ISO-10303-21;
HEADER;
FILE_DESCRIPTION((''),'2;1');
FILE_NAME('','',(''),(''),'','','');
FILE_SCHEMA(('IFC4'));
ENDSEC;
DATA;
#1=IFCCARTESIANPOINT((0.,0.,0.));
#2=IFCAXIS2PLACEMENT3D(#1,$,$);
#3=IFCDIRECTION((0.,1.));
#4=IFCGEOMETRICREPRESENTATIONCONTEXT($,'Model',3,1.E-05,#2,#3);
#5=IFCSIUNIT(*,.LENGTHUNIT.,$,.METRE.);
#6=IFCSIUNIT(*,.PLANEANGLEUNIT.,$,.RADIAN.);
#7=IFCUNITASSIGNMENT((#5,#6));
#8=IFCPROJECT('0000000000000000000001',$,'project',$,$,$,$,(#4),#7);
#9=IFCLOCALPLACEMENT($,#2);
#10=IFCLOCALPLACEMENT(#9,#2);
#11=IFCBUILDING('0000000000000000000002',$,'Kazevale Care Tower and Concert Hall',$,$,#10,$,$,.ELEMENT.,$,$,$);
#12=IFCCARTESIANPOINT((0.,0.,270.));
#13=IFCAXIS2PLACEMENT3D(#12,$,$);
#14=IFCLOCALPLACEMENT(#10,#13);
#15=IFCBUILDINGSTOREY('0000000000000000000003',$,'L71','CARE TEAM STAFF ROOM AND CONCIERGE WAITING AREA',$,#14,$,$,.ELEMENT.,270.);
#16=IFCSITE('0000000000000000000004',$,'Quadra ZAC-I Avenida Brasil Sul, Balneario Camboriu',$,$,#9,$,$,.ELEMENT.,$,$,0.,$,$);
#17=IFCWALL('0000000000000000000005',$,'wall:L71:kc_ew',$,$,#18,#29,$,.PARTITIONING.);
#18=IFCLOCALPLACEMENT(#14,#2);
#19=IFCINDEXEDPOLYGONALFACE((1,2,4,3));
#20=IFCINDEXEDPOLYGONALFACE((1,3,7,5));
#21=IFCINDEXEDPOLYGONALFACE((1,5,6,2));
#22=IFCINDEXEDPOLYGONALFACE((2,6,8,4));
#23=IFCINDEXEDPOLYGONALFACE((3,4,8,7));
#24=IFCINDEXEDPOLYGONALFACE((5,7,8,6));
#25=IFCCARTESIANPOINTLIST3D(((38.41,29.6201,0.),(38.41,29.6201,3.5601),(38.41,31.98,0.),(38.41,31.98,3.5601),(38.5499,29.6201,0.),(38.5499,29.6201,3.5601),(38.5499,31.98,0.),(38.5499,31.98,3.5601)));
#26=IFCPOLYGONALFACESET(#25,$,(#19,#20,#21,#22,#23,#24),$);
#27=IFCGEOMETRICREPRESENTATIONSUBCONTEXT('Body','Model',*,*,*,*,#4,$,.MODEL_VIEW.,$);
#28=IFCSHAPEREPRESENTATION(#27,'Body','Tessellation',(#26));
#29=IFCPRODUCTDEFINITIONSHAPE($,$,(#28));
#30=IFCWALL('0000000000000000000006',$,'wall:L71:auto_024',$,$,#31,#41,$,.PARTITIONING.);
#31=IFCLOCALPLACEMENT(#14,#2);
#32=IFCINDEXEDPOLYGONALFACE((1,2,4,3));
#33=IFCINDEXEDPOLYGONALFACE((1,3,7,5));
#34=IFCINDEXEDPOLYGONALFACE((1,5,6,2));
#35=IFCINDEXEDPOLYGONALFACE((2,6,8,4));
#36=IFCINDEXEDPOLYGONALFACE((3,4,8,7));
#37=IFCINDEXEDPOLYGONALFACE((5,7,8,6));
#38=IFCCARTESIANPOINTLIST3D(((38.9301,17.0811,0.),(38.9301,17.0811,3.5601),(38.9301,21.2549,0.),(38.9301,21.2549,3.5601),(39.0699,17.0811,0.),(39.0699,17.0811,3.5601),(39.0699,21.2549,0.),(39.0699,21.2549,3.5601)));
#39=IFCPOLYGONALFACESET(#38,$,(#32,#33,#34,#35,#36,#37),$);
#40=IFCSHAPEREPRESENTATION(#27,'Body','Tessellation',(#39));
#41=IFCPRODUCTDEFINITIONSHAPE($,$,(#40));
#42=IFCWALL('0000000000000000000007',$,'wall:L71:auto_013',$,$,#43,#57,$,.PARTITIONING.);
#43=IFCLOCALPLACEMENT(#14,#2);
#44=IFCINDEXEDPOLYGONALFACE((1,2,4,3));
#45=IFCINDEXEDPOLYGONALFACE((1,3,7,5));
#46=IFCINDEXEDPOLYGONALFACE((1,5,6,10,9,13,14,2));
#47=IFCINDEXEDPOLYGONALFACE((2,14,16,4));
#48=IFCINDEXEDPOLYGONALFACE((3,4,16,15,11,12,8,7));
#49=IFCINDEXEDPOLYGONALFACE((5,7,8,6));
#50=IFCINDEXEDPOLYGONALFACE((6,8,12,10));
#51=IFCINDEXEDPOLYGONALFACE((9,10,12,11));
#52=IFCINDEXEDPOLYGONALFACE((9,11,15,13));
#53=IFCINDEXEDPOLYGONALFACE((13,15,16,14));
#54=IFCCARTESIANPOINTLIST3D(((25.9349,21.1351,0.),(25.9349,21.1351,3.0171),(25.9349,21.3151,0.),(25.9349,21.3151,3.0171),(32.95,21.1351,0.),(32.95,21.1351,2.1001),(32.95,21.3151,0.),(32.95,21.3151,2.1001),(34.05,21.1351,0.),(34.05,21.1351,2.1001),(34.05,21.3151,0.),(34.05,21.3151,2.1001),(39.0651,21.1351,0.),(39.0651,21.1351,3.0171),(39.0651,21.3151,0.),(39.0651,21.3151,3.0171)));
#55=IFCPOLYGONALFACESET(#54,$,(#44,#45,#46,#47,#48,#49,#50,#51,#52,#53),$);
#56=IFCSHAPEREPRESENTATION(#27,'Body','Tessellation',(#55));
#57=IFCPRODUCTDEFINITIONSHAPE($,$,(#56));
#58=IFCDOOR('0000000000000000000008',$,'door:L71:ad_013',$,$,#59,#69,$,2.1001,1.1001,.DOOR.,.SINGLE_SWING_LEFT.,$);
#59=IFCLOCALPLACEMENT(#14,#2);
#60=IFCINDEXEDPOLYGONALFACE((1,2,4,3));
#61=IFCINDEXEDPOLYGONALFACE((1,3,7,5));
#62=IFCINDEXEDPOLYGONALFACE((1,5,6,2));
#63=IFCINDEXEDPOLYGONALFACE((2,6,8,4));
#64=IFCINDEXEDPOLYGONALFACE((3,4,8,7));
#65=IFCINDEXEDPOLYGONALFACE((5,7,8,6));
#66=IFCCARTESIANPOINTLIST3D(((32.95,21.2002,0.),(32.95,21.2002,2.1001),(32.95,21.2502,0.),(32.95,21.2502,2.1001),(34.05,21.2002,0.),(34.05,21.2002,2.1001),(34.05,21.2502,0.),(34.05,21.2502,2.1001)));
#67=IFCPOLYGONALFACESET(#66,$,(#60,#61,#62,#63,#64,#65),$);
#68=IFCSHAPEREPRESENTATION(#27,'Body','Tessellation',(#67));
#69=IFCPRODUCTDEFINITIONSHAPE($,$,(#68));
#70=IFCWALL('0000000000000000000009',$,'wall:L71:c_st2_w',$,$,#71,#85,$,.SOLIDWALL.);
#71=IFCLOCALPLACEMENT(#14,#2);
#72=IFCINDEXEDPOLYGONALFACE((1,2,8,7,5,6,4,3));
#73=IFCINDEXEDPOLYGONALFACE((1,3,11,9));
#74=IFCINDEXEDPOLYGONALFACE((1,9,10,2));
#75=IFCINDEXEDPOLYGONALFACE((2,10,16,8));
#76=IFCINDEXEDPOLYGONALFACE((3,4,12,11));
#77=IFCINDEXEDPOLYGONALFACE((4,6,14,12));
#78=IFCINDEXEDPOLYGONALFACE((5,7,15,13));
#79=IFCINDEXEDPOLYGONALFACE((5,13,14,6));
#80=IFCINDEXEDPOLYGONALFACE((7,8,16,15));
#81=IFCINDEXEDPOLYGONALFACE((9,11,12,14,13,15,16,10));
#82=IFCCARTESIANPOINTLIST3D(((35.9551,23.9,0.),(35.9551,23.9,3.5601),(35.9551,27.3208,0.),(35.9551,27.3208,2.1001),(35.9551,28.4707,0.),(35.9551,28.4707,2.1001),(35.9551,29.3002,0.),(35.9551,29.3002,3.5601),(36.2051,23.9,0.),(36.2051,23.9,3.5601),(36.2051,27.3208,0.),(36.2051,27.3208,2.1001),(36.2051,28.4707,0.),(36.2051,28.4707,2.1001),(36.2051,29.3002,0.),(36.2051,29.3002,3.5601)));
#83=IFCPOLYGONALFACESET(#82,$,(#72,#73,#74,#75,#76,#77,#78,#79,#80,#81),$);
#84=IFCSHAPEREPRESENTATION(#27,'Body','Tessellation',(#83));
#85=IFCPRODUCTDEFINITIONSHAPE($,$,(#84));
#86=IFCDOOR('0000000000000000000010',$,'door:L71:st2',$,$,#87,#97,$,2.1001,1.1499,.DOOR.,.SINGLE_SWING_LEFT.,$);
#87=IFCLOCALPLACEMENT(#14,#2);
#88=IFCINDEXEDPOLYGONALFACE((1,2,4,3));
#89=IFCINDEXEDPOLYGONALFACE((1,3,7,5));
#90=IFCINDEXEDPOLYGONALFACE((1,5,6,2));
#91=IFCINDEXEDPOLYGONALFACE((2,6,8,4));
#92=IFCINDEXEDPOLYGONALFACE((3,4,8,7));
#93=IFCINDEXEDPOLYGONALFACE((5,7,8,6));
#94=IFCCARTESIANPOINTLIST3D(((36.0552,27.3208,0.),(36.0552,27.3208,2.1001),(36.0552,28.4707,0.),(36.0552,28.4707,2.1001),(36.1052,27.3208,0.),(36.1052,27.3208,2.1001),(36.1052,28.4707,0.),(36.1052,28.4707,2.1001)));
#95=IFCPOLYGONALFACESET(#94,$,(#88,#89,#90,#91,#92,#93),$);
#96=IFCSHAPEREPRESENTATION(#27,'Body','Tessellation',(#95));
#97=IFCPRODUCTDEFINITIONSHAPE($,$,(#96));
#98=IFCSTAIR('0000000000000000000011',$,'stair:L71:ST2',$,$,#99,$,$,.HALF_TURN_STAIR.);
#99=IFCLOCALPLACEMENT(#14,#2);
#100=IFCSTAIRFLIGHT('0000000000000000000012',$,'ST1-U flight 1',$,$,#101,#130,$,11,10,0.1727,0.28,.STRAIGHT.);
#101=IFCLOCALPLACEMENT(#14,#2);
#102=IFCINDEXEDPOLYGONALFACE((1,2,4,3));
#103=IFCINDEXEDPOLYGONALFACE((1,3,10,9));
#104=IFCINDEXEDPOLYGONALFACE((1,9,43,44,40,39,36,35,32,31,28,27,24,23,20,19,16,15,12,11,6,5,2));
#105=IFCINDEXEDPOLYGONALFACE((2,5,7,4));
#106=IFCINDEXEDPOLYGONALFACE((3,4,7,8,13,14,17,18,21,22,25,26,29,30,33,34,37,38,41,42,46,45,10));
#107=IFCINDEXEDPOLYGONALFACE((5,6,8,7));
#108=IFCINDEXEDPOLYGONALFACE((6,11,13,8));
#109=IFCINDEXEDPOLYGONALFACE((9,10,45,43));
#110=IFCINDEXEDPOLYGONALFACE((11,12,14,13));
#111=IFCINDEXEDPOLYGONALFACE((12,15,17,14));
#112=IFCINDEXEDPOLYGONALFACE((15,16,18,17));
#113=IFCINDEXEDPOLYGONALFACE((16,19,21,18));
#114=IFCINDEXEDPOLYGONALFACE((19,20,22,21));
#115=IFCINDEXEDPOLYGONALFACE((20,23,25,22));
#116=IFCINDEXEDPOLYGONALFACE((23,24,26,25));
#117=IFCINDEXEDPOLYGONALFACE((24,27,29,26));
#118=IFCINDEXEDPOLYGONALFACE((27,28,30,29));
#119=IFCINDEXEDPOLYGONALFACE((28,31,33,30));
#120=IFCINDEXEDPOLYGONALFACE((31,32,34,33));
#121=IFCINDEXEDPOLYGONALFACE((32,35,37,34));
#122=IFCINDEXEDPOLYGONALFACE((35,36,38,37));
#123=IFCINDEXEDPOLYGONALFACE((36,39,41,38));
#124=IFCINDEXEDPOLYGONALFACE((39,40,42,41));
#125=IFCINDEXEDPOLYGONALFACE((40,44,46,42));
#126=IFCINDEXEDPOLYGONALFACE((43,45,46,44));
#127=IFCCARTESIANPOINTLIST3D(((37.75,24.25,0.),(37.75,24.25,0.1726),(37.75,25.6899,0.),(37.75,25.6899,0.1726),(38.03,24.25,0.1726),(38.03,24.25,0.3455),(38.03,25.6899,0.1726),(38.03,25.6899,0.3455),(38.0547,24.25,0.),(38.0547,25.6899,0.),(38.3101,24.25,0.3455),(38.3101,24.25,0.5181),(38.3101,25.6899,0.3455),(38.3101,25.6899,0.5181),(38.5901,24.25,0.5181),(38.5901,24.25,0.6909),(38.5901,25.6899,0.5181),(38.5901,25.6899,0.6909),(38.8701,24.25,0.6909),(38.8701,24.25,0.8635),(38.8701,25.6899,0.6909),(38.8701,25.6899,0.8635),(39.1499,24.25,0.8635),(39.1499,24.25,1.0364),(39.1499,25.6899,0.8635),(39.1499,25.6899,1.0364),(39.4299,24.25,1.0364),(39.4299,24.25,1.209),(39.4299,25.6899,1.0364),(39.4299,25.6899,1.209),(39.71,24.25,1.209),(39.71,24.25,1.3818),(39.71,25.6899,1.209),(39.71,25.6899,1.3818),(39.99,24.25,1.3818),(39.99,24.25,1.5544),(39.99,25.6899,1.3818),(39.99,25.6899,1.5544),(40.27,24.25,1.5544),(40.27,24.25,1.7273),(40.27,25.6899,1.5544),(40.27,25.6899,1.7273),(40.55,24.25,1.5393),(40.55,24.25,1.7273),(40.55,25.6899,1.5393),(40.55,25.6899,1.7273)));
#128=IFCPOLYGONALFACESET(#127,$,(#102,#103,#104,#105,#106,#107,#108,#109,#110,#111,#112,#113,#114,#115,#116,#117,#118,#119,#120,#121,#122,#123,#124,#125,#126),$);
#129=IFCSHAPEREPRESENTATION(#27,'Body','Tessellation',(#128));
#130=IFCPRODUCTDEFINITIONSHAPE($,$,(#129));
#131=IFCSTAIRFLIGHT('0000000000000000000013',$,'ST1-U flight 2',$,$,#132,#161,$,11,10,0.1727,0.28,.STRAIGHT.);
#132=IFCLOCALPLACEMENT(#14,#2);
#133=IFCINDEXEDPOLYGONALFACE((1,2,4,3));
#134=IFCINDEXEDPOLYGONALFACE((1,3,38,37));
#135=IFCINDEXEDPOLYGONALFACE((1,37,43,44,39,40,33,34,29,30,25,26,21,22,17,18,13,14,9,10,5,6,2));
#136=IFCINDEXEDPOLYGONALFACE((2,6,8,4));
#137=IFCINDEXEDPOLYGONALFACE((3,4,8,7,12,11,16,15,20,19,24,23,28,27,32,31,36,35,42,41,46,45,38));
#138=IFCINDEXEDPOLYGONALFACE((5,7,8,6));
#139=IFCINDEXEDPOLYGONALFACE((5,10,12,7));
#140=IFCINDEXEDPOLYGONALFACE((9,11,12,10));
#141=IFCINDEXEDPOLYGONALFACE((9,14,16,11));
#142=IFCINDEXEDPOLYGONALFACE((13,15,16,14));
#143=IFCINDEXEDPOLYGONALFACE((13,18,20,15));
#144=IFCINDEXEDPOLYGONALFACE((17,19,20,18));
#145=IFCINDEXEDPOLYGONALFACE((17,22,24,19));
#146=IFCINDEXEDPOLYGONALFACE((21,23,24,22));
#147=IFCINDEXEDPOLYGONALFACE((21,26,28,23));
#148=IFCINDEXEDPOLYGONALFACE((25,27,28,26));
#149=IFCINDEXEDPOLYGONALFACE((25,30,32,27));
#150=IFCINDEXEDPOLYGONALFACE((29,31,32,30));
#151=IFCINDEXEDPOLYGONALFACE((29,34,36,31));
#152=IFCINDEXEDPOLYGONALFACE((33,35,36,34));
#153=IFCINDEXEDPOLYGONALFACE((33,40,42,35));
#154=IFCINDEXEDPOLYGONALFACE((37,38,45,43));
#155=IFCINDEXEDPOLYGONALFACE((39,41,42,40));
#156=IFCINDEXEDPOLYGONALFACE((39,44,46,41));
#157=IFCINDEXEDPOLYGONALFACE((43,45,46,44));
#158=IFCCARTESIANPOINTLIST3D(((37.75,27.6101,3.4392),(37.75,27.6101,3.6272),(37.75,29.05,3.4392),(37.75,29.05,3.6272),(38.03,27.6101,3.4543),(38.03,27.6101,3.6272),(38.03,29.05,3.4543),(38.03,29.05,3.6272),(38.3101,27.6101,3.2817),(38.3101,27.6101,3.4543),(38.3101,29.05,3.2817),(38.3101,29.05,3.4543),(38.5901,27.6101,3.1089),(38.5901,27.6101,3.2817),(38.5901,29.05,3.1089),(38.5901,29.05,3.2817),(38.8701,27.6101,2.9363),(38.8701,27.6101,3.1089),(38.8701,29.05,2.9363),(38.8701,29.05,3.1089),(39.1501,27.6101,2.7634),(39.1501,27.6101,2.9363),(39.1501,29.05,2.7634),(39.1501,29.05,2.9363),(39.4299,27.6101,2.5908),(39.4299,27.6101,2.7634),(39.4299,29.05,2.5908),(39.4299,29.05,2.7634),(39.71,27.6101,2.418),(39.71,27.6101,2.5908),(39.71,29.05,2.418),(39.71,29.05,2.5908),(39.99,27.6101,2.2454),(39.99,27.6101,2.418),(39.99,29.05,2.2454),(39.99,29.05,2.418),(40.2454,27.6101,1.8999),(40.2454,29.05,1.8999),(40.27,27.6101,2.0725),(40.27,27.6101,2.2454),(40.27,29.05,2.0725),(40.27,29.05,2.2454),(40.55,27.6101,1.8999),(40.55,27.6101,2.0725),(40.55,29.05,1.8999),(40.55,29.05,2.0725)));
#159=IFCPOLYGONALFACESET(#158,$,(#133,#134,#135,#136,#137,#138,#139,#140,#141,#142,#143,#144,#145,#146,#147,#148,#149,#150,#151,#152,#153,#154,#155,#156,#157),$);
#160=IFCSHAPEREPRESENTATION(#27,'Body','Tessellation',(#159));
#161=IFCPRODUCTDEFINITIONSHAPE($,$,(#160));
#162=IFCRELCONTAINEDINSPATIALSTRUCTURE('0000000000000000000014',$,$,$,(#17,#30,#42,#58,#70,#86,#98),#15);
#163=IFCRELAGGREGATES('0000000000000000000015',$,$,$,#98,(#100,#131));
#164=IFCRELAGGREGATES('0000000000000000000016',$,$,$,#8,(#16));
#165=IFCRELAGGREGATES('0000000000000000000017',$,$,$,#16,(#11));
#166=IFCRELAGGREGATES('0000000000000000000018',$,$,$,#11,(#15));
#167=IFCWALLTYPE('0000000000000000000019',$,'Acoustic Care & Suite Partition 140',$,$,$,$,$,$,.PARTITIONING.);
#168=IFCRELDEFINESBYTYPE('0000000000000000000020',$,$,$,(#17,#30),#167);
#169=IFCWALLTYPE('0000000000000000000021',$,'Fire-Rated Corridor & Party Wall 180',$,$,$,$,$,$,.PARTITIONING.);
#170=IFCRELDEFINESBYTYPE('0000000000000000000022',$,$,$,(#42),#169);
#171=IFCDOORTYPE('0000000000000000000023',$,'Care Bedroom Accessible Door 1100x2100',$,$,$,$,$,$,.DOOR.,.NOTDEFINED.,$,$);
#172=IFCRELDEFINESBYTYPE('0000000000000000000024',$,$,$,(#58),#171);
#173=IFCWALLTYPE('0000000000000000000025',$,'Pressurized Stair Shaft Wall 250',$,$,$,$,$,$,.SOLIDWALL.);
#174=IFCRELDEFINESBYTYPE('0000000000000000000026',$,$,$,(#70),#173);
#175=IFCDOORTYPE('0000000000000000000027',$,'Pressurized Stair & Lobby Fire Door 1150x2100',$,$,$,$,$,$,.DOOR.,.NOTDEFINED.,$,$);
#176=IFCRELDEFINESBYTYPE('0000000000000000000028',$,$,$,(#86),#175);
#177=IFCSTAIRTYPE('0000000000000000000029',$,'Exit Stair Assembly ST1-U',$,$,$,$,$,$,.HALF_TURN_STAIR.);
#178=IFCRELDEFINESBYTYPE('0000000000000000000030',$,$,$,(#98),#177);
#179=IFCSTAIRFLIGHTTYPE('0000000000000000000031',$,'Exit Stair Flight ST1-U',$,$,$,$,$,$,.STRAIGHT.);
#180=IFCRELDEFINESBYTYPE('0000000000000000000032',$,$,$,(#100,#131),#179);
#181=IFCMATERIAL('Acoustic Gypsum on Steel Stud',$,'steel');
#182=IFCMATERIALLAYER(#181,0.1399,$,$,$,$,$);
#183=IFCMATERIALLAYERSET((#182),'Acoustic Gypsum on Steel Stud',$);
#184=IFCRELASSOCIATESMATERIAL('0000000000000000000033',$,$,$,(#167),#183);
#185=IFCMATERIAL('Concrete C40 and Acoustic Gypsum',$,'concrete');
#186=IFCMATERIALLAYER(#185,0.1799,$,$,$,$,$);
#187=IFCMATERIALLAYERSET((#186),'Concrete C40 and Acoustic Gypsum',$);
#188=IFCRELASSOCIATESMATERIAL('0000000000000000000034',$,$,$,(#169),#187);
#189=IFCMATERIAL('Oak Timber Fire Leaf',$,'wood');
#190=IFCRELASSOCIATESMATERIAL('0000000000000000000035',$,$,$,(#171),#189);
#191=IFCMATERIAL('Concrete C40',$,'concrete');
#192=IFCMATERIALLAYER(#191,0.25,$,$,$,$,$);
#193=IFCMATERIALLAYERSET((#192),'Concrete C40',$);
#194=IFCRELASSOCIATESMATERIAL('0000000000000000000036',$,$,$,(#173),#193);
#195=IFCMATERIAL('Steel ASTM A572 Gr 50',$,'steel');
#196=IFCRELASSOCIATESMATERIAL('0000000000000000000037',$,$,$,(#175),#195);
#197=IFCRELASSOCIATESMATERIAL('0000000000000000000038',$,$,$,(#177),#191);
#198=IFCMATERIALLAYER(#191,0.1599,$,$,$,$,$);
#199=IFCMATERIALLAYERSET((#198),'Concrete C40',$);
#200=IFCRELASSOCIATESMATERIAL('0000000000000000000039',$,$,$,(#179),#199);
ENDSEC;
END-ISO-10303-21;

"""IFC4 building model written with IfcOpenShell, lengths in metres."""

from ifc_helpers import new_model, si_unit, direction, frame, frame_2d, origin, place, context, subcontext, project, spatial, polyline, rectangle, outline, extrude, material, layer, layer_set, type_object, element, fill, aggregate, save


model = new_model("IFC4")

# Units and contexts
model_context = context("Model", 3, precision=1e-05, world=origin(), true_north=direction((0.0, 1.0)))
body_context = subcontext(model_context, "Body", "Model", "MODEL_VIEW")
ifc_project = project(units=[si_unit("LENGTHUNIT", "METRE"), si_unit("PLANEANGLEUNIT", "RADIAN")], contexts=[model_context])

# Site, building, storey
site_placement = place(None, origin())
site = spatial("IfcSite", under=ifc_project, at=site_placement, Name="Quadra ZAC-I Avenida Brasil Sul, Balneario Camboriu", CompositionType="ELEMENT", RefElevation=0.0)
building_placement = place(site_placement, origin())
building = spatial("IfcBuilding", under=site, at=building_placement, Name="Kazevale Care Tower and Concert Hall", CompositionType="ELEMENT")
storey_placement = place(building_placement, frame((0.0, 0.0, 270.0)))
storey = spatial("IfcBuildingStorey", under=building, at=storey_placement, Name="L71", Description="CARE TEAM STAFF ROOM AND CONCIERGE WAITING AREA", CompositionType="ELEMENT", Elevation=270.0)

# Shared definitions
ifc_material_1 = material(Name="Steel ASTM A572 Gr 50", Category="steel")

# Walls
ifc_material_2 = material(Name="Acoustic Gypsum on Steel Stud", Category="steel")
ifc_layer_1 = layer(ifc_material_2, 0.1399)
ifc_layer_set_1 = layer_set([ifc_layer_1], Name="Acoustic Gypsum on Steel Stud")
wall_type_1 = type_object("IfcWallType", Name="Acoustic Care & Suite Partition 140", PredefinedType="PARTITIONING", material=ifc_layer_set_1)
wall_1_placement = place(storey_placement, frame((38.48, 29.6201, 0.0), z_axis=(0.0, 0.0, 1.0), x_axis=(0.0, 1.0, 0.0)))
element("IfcWall", 1, at=wall_1_placement, inside=storey, type_object=wall_type_1, Name="wall:L71:kc_ew", PredefinedType="PARTITIONING", context=body_context, shape_type="SweptSolid", body=[
    extrude(rectangle(XDim=2.3599, YDim=0.1399, at=frame_2d((1.1799, 0.0))), origin(), (0.0, 0.0, 1.0), 3.5601),
])
wall_2_placement = place(storey_placement, frame((39.0, 21.2549, 0.0), z_axis=(0.0, 0.0, 1.0), x_axis=(0.0, -1.0, 0.0)))
element("IfcWall", 2, at=wall_2_placement, inside=storey, type_object=wall_type_1, Name="wall:L71:auto_024", PredefinedType="PARTITIONING", context=body_context, shape_type="SweptSolid", body=[
    extrude(rectangle(XDim=4.1738, YDim=0.1399, at=frame_2d((2.0869, 0.0))), origin(), (0.0, 0.0, 1.0), 3.5601),
])

# Walls, openings, doors
ifc_material_3 = material(Name="Concrete C40 and Acoustic Gypsum", Category="concrete")
ifc_layer_2 = layer(ifc_material_3, 0.1799)
ifc_layer_set_2 = layer_set([ifc_layer_2], Name="Concrete C40 and Acoustic Gypsum")
wall_type_2 = type_object("IfcWallType", Name="Fire-Rated Corridor & Party Wall 180", PredefinedType="PARTITIONING", material=ifc_layer_set_2)
wall_3_placement = place(storey_placement, frame((39.0649, 21.2251, 0.0), z_axis=(0.0, 0.0, 1.0), x_axis=(-1.0, 0.0, 0.0)))
wall_3 = element("IfcWall", 3, at=wall_3_placement, inside=storey, type_object=wall_type_2, Name="wall:L71:auto_013", PredefinedType="PARTITIONING", context=body_context, shape_type="SweptSolid", body=[
    extrude(rectangle(XDim=13.1301, YDim=0.1799, at=frame_2d((6.5649, 0.0))), origin(), (0.0, 0.0, 1.0), 3.0171),
])
opening_1_placement = place(wall_3_placement, frame((5.0149, 0.0, 0.0)))
opening_1 = element("IfcOpeningElement", 4, at=opening_1_placement, cuts=wall_3, PredefinedType="OPENING", context=body_context, shape_type="SweptSolid", body=[
    extrude(rectangle(XDim=1.1001, YDim=2.1001, at=frame_2d((0.55, 1.05))), frame((0.0, 0.0999, 0.0), z_axis=(0.0, -1.0, 0.0), x_axis=(1.0, 0.0, 0.0)), (0.0, 0.0, 1.0), 0.2),
])
ifc_material_4 = material(Name="Oak Timber Fire Leaf", Category="wood")
door_type_1 = type_object("IfcDoorType", Name="Care Bedroom Accessible Door 1100x2100", OperationType="NOTDEFINED", PredefinedType="DOOR", material=ifc_material_4)
door_1_placement = place(opening_1_placement, origin())
door_1 = element("IfcDoor", 5, at=door_1_placement, inside=storey, type_object=door_type_1, Name="door:L71:ad_013", OperationType="SINGLE_SWING_LEFT", OverallHeight=2.1001, OverallWidth=1.1001, PredefinedType="DOOR", context=body_context, shape_type="SweptSolid", body=[
    extrude(rectangle(XDim=1.1001, YDim=2.1001, at=frame_2d((0.55, 1.05))), frame((0.0, 0.0249, 0.0), z_axis=(0.0, -1.0, 0.0), x_axis=(1.0, 0.0, 0.0)), (0.0, 0.0, 1.0), 0.05),
])
fill(opening_1, door_1)
ifc_material_5 = material(Name="Concrete C40", Category="concrete")
ifc_layer_3 = layer(ifc_material_5, 0.25)
ifc_layer_set_3 = layer_set([ifc_layer_3], Name="Concrete C40")
wall_type_3 = type_object("IfcWallType", Name="Pressurized Stair Shaft Wall 250", PredefinedType="SOLIDWALL", material=ifc_layer_set_3)
wall_4_placement = place(storey_placement, frame((36.0801, 23.8999, 0.0), z_axis=(0.0, 0.0, 1.0), x_axis=(0.0, 1.0, 0.0)))
wall_4 = element("IfcWall", 6, at=wall_4_placement, inside=storey, type_object=wall_type_3, Name="wall:L71:c_st2_w", PredefinedType="SOLIDWALL", context=body_context, shape_type="SweptSolid", body=[
    extrude(rectangle(XDim=5.4001, YDim=0.25, at=frame_2d((2.7002, 0.0))), origin(), (0.0, 0.0, 1.0), 3.5601),
])
opening_2_placement = place(wall_4_placement, frame((3.4209, 0.0, 0.0)))
opening_2 = element("IfcOpeningElement", 7, at=opening_2_placement, cuts=wall_4, PredefinedType="OPENING", context=body_context, shape_type="SweptSolid", body=[
    extrude(rectangle(XDim=1.1499, YDim=2.1001, at=frame_2d((0.575, 1.05))), frame((0.0, 0.135, 0.0), z_axis=(0.0, -1.0, 0.0), x_axis=(1.0, 0.0, 0.0)), (0.0, 0.0, 1.0), 0.27),
])
door_type_2 = type_object("IfcDoorType", Name="Pressurized Stair & Lobby Fire Door 1150x2100", OperationType="NOTDEFINED", PredefinedType="DOOR", material=ifc_material_1)
door_2_placement = place(opening_2_placement, origin())
door_2 = element("IfcDoor", 8, at=door_2_placement, inside=storey, type_object=door_type_2, Name="door:L71:st2", OperationType="SINGLE_SWING_LEFT", OverallHeight=2.1001, OverallWidth=1.1499, PredefinedType="DOOR", context=body_context, shape_type="SweptSolid", body=[
    extrude(rectangle(XDim=1.1499, YDim=2.1001, at=frame_2d((0.575, 1.05))), frame((0.0, 0.0249, 0.0), z_axis=(0.0, -1.0, 0.0), x_axis=(1.0, 0.0, 0.0)), (0.0, 0.0, 1.0), 0.05),
])
fill(opening_2, door_2)

# Stair, stair flights
stair_type = type_object("IfcStairType", Name="Exit Stair Assembly ST1-U", PredefinedType="HALF_TURN_STAIR", material=ifc_material_5)
stair_placement = place(storey_placement, origin())
stair = element("IfcStair", 9, at=stair_placement, inside=storey, type_object=stair_type, Name="stair:L71:ST2", PredefinedType="HALF_TURN_STAIR")
ifc_layer_4 = layer(ifc_material_5, 0.1599)
ifc_layer_set_4 = layer_set([ifc_layer_4], Name="Concrete C40")
stair_flight_type = type_object("IfcStairFlightType", Name="Exit Stair Flight ST1-U", PredefinedType="STRAIGHT", material=ifc_layer_set_4)
stair_flight_1_placement = place(storey_placement, frame((37.75, 24.97, 0.0), z_axis=(0.0, 0.0, 1.0), x_axis=(1.0, 0.0, 0.0)))
stair_flight_1 = element("IfcStairFlight", 10, at=stair_flight_1_placement, type_object=stair_flight_type, Name="ST1-U flight 1", NumberOfRisers=11, NumberOfTreads=10, PredefinedType="STRAIGHT", RiserHeight=0.1727, TreadLength=0.28, context=body_context, shape_type="SweptSolid", body=[
    extrude(outline(polyline([(0.0, 0.0), (0.0, 0.1726), (0.28, 0.1726), (0.28, 0.3455), (0.5601, 0.3455), (0.5601, 0.5181), (0.8401, 0.5181), (0.8401, 0.6909), (1.1201, 0.6909), (1.1201, 0.8635), (1.3999, 0.8635), (1.3999, 1.0364), (1.6799, 1.0364), (1.6799, 1.209), (1.96, 1.209), (1.96, 1.3818), (2.24, 1.3818), (2.24, 1.5544), (2.52, 1.5544), (2.52, 1.7273), (2.8, 1.7273), (2.8, 1.8999), (2.8, 1.5393), (0.3047, 0.0), (0.0, 0.0)])), frame((0.0, 0.72, 0.0), z_axis=(0.0, -1.0, 0.0), x_axis=(1.0, 0.0, 0.0)), (0.0, 0.0, 1.0), 1.4399),
])
stair_flight_2_placement = place(storey_placement, frame((40.55, 28.3301, 1.8999), z_axis=(0.0, 0.0, 1.0), x_axis=(-1.0, 0.0, 0.0)))
stair_flight_2 = element("IfcStairFlight", 11, at=stair_flight_2_placement, type_object=stair_flight_type, Name="ST1-U flight 2", NumberOfRisers=11, NumberOfTreads=10, PredefinedType="STRAIGHT", RiserHeight=0.1727, TreadLength=0.28, context=body_context, shape_type="SweptSolid", body=[
    extrude(outline(polyline([(0.0, 0.0), (0.0, 0.1726), (0.28, 0.1726), (0.28, 0.3455), (0.5601, 0.3455), (0.5601, 0.5181), (0.8401, 0.5181), (0.8401, 0.6909), (1.1201, 0.6909), (1.1201, 0.8635), (1.3999, 0.8635), (1.3999, 1.0364), (1.6799, 1.0364), (1.6799, 1.209), (1.96, 1.209), (1.96, 1.3818), (2.24, 1.3818), (2.24, 1.5544), (2.52, 1.5544), (2.52, 1.7273), (2.8, 1.7273), (2.8, 1.8999), (2.8, 1.5393), (0.3047, 0.0), (0.0, 0.0)])), frame((0.0, 0.72, 0.0), z_axis=(0.0, -1.0, 0.0), x_axis=(1.0, 0.0, 0.0)), (0.0, 0.0, 1.0), 1.4399),
])
aggregate(stair, [stair_flight_1, stair_flight_2])

save(model, "model.ifc")
